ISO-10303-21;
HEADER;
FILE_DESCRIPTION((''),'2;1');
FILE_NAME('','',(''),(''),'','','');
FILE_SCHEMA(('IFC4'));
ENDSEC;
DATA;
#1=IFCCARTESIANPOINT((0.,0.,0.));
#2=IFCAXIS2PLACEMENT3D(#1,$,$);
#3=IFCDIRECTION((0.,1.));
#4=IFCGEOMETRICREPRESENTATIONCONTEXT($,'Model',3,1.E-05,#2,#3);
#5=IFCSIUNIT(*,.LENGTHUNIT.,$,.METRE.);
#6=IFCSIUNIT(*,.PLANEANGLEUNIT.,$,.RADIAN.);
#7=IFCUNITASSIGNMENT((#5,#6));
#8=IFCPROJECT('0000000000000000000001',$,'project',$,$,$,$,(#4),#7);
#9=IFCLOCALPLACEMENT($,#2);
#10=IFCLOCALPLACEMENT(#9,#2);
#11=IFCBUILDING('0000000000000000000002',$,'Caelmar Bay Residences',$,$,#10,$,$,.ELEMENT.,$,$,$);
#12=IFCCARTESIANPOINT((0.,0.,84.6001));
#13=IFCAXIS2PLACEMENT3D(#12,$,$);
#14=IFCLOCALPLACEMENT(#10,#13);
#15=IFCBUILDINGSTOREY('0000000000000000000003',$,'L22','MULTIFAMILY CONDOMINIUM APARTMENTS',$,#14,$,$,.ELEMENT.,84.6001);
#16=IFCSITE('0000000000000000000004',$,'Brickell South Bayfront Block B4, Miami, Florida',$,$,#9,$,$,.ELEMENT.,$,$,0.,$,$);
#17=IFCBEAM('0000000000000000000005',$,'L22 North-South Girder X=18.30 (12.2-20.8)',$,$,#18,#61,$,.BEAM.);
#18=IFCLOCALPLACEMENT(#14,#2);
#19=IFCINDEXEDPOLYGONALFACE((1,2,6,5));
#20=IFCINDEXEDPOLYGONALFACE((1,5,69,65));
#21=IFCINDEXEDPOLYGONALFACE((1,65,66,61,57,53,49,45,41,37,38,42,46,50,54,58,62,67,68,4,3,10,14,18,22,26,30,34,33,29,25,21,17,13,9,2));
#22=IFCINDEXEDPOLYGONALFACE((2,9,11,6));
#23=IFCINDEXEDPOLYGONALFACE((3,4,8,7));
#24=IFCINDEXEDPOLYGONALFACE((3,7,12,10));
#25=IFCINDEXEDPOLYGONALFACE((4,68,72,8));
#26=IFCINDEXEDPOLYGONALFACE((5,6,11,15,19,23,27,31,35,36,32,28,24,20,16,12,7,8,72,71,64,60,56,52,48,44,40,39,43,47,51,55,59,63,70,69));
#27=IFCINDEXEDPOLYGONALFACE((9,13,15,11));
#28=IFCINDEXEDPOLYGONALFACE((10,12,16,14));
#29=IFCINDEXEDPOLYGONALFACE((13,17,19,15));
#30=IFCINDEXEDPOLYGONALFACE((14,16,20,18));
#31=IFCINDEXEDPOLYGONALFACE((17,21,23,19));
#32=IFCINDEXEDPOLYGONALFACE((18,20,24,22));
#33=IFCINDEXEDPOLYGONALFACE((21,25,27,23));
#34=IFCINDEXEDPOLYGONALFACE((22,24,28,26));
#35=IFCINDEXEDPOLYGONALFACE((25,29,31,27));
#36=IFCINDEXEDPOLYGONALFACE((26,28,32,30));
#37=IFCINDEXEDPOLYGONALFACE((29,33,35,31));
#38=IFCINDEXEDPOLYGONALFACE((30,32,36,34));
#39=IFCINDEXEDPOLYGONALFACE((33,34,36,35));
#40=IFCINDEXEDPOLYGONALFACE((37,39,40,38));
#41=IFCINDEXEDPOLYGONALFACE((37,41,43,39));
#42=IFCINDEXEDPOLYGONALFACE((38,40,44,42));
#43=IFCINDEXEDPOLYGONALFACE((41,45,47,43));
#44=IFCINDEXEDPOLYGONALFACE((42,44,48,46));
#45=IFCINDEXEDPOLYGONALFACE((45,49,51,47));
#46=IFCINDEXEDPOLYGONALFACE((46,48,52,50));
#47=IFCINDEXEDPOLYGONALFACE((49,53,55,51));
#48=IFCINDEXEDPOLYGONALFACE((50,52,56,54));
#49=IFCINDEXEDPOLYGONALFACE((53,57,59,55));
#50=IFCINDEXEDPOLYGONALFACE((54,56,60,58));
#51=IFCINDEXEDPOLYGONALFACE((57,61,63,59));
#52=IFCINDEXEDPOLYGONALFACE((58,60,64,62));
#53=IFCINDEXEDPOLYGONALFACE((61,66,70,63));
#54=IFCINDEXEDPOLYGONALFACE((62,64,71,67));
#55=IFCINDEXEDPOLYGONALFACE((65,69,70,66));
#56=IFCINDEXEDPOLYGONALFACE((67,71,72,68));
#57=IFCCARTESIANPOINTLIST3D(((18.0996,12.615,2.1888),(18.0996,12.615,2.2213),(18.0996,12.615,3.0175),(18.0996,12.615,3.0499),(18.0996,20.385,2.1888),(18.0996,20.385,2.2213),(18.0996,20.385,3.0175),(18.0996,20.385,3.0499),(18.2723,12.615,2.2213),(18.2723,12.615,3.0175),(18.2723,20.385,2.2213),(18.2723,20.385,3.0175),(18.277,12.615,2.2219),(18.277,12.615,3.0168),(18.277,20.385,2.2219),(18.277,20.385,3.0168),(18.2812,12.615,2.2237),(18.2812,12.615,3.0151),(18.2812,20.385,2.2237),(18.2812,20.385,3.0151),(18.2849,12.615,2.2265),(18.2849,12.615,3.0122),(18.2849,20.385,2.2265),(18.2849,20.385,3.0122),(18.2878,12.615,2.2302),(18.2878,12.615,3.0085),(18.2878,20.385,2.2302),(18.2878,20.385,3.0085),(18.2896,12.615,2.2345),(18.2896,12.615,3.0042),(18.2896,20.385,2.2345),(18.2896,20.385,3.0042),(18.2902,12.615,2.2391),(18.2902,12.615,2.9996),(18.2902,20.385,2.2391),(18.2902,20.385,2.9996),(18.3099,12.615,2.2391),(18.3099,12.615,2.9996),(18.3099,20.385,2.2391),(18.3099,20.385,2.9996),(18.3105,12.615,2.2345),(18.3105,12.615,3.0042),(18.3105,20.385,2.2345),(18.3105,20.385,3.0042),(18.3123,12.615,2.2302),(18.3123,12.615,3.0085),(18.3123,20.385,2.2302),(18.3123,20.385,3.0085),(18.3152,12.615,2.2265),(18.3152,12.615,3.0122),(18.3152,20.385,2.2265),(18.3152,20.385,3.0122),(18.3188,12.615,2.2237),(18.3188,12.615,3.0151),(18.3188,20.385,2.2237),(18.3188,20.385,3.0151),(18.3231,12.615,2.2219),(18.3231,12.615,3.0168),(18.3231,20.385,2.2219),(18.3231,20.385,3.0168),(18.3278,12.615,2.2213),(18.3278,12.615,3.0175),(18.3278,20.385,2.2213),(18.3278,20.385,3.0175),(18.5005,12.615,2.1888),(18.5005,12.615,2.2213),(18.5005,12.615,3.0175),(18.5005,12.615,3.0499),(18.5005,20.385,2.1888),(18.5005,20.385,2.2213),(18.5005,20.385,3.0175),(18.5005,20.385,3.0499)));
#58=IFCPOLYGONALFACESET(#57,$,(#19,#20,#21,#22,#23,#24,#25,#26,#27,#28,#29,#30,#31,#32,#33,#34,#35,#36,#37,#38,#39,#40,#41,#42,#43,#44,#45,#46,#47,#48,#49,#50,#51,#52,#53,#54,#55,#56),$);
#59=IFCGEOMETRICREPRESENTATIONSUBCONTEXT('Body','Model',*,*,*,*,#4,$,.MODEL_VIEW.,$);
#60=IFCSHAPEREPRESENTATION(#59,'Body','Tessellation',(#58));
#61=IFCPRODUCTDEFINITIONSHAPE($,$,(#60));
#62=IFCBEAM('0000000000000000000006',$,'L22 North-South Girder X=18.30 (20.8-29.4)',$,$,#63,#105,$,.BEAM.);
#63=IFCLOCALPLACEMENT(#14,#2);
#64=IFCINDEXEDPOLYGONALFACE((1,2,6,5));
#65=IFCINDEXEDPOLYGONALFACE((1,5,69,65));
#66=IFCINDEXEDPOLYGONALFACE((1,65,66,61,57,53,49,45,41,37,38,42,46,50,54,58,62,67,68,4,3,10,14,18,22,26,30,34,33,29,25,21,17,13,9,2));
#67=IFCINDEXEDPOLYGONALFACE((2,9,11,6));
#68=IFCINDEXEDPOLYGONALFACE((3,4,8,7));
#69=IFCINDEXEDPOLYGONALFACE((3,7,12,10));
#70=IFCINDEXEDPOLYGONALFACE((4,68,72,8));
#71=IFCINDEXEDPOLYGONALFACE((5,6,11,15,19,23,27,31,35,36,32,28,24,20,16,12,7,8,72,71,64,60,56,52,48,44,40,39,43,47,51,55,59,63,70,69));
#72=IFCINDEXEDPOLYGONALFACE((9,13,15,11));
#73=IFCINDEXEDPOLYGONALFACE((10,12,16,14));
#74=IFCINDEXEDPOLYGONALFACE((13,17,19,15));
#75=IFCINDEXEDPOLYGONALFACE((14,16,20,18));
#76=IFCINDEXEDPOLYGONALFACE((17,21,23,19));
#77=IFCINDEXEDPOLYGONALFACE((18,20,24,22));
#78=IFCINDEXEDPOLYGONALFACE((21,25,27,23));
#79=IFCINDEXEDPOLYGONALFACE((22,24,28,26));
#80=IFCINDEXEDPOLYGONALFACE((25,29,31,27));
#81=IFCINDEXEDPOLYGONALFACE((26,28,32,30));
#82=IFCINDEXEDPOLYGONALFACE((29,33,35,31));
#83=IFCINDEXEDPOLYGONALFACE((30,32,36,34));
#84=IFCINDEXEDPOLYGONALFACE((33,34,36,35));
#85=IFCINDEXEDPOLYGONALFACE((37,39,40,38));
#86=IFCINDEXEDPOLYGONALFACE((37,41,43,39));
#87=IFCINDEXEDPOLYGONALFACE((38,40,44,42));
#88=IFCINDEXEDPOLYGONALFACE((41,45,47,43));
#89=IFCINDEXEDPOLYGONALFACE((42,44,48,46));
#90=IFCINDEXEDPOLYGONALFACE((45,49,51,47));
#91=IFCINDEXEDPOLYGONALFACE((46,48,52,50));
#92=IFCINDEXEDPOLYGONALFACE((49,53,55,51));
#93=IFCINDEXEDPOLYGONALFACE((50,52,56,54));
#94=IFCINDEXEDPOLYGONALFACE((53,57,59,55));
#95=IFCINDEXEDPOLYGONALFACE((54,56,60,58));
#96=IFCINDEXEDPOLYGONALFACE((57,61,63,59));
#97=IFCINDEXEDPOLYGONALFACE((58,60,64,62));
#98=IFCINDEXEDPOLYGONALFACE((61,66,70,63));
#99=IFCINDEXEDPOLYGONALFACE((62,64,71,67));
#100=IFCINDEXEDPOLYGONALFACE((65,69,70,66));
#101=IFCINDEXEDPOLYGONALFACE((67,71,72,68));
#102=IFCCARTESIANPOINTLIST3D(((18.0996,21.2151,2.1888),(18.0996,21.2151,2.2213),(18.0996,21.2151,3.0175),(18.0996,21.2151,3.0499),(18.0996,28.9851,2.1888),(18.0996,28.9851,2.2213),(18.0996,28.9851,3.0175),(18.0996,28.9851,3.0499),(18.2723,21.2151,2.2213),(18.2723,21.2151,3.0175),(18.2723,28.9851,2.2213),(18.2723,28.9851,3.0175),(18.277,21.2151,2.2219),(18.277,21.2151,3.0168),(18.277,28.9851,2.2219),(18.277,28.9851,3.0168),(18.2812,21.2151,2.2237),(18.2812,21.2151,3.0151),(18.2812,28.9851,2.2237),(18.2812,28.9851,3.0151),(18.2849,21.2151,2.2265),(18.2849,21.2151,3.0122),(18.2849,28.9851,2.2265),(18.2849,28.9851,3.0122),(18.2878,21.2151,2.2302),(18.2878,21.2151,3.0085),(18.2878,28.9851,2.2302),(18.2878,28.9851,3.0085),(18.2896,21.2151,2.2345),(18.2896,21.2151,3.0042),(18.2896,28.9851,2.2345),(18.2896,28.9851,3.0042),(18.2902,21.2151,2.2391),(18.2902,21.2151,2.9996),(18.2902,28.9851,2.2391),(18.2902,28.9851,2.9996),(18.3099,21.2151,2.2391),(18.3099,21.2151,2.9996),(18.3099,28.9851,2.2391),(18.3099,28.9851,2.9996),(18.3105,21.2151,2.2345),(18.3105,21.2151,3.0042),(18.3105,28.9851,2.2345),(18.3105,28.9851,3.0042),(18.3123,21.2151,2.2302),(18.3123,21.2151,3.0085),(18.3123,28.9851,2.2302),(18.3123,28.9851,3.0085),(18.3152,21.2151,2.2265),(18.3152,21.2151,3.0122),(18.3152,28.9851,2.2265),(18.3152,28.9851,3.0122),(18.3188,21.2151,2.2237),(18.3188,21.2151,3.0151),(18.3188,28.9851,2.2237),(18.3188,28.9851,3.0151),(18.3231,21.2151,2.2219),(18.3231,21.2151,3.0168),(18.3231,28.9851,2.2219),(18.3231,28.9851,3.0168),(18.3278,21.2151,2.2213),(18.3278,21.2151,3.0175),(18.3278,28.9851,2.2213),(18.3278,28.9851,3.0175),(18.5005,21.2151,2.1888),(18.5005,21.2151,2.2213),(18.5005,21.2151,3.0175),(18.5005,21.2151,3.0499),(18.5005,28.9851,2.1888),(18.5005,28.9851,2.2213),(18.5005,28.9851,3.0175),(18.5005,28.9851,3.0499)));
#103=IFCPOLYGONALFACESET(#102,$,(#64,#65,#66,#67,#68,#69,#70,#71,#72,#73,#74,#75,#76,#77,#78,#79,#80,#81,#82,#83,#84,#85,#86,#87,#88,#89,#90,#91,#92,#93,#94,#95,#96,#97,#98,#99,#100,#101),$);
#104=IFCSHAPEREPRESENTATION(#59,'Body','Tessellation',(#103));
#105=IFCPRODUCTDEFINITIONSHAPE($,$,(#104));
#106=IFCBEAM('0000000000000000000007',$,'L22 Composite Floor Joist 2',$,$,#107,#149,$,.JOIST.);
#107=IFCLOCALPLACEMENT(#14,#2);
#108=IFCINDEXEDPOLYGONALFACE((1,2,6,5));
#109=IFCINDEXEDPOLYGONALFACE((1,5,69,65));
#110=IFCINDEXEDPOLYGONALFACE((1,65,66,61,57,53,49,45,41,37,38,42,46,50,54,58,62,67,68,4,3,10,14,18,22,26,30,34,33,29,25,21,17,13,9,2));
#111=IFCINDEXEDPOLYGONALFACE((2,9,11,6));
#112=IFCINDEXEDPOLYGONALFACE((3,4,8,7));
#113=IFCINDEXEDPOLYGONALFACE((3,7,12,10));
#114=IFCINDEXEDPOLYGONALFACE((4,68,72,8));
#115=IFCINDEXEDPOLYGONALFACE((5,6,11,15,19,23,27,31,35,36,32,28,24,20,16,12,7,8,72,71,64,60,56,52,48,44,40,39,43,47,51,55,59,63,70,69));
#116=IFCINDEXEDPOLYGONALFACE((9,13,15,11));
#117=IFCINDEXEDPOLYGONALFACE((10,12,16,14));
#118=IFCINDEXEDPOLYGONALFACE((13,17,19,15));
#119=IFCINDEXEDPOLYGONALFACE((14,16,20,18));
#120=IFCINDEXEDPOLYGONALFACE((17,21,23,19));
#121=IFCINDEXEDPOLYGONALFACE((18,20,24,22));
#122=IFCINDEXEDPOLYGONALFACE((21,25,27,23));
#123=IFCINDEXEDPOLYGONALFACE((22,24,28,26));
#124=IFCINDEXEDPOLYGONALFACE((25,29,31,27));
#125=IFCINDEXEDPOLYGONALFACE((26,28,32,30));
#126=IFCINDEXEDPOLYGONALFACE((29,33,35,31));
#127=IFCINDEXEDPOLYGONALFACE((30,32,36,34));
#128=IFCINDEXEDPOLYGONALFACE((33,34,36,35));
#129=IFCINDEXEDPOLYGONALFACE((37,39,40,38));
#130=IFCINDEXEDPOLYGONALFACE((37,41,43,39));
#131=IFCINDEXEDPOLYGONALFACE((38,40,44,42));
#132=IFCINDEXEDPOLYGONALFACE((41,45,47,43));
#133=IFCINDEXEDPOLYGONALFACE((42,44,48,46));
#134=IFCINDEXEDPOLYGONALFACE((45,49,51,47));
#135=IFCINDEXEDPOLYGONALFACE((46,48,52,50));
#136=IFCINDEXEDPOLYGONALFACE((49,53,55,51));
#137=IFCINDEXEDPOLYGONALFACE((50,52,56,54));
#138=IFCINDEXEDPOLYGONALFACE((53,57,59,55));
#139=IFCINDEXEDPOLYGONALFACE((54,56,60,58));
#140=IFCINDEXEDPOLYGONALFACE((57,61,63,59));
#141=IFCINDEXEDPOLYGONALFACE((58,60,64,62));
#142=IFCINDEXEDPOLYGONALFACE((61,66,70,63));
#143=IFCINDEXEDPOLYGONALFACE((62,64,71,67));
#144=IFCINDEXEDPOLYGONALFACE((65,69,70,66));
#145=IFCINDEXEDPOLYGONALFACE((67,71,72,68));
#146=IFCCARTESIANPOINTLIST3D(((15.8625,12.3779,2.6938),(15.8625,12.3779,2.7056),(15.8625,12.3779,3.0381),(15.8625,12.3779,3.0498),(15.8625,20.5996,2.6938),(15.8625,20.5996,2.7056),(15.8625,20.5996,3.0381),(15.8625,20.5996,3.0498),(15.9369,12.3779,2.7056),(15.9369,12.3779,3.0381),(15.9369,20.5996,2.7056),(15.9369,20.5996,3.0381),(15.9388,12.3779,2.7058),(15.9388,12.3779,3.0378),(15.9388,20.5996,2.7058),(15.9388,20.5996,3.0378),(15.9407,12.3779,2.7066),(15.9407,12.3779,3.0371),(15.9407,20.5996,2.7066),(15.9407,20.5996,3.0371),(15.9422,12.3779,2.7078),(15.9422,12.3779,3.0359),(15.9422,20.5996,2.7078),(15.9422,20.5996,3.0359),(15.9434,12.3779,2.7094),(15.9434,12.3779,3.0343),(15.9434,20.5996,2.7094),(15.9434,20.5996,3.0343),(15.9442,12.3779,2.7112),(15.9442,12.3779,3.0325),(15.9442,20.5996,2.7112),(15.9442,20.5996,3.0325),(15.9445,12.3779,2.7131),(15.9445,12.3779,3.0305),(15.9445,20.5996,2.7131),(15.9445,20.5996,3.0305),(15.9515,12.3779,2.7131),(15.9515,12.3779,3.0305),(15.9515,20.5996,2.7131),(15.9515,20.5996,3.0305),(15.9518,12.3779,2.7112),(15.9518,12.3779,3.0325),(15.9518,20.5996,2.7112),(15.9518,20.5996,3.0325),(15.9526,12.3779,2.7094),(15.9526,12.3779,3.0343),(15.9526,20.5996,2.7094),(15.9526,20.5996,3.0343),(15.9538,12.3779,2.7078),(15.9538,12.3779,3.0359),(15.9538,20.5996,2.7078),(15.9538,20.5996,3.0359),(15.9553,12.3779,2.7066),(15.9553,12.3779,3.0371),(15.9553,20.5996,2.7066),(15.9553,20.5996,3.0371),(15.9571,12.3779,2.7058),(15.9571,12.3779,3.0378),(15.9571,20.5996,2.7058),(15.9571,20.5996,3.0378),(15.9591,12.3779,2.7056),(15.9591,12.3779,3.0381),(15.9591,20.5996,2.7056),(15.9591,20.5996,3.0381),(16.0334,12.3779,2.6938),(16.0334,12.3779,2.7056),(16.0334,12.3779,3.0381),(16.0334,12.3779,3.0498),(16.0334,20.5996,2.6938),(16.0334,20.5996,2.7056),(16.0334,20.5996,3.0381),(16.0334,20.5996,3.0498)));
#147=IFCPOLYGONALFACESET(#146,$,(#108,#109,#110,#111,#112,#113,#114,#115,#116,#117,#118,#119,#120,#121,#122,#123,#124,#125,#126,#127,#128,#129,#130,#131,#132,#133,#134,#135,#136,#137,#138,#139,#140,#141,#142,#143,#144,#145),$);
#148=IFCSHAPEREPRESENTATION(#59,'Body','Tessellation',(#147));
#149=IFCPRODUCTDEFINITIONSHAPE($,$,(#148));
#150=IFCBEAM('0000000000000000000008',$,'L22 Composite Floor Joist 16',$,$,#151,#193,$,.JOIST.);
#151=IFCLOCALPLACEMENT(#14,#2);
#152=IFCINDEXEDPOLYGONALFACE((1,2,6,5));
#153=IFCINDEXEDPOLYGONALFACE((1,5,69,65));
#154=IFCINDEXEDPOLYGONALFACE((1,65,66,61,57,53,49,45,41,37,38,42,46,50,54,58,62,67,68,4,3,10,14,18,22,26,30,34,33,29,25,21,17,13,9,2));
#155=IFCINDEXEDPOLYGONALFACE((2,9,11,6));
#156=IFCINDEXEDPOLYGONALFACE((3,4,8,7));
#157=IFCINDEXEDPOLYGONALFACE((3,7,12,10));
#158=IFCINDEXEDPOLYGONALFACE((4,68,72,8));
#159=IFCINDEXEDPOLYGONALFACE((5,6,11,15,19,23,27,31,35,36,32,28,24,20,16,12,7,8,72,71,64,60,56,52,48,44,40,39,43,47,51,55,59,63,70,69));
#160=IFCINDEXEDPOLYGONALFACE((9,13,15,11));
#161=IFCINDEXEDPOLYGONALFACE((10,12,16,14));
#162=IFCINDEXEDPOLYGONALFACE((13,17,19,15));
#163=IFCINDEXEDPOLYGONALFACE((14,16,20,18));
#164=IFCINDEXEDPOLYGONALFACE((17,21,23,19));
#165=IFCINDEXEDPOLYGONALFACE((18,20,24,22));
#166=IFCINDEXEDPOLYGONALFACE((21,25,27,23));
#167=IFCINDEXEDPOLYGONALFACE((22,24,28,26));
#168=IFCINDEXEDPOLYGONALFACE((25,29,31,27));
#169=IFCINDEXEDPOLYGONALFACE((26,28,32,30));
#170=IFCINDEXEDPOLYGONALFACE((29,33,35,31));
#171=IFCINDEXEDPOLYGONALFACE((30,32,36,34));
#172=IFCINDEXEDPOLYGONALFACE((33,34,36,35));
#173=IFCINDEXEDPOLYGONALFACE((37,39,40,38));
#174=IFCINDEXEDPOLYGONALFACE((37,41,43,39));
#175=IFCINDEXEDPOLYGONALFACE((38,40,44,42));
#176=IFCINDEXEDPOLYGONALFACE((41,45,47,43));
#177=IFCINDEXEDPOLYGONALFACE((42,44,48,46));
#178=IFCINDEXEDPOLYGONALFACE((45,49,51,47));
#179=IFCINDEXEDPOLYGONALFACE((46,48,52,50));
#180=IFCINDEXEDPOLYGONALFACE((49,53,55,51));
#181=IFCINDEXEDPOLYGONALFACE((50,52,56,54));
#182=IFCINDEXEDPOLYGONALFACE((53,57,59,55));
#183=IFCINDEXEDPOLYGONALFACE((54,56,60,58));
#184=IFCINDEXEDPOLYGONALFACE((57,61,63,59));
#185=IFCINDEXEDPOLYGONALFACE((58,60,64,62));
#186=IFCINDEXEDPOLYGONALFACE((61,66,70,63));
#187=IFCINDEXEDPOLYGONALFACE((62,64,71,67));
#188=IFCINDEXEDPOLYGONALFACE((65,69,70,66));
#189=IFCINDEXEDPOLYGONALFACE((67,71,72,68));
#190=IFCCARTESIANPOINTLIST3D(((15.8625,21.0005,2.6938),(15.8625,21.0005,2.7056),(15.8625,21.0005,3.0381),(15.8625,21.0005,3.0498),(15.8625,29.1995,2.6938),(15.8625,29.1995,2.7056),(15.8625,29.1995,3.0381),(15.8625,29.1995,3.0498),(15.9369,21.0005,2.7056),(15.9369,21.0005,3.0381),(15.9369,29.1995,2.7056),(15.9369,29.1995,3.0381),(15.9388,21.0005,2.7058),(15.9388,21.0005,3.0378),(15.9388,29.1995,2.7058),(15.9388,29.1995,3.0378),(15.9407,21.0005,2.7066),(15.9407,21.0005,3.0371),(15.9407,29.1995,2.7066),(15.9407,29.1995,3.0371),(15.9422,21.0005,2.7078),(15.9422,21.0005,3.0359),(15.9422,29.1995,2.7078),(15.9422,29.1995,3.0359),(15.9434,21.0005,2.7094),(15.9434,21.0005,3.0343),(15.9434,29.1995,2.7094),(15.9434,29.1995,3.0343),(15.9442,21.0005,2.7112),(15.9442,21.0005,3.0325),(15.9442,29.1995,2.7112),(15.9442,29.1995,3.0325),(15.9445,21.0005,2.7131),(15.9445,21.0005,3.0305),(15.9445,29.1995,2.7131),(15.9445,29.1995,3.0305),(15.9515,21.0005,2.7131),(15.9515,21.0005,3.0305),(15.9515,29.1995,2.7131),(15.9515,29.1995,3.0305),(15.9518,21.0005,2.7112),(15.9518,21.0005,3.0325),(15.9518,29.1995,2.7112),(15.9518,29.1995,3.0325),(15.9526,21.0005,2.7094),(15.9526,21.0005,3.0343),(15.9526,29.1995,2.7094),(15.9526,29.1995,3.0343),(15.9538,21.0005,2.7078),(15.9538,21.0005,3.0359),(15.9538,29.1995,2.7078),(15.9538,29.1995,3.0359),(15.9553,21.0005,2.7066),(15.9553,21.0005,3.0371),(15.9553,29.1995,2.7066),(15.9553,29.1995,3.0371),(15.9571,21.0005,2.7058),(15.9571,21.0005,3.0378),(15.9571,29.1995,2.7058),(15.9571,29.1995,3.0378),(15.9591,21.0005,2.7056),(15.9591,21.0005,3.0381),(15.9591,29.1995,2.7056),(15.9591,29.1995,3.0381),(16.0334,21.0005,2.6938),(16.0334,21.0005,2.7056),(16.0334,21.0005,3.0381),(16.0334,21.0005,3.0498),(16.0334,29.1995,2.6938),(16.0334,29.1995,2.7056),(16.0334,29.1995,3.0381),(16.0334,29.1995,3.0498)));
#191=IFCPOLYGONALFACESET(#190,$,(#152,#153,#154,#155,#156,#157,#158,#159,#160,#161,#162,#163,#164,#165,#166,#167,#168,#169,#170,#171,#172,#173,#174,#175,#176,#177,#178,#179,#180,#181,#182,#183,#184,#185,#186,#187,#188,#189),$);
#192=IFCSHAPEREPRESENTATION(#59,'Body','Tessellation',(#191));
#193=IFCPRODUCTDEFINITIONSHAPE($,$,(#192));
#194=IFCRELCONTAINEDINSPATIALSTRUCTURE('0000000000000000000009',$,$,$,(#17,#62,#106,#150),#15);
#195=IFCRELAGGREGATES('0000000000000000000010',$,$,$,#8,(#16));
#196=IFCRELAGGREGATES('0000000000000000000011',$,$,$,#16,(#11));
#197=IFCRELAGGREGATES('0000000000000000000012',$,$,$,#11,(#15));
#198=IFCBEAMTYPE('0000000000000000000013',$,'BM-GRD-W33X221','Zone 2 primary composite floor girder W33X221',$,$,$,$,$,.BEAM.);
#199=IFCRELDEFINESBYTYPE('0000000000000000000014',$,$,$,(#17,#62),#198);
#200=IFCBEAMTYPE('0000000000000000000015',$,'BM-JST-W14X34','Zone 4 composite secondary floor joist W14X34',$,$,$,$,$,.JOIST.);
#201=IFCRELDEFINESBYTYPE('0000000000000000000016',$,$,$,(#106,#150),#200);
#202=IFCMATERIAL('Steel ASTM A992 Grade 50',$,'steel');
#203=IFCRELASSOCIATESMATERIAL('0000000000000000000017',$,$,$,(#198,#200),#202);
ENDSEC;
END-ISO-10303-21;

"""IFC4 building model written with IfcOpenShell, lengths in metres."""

from ifc_helpers import new_model, si_unit, direction, frame, origin, origin_2d, place, context, subcontext, project, spatial, i_section, extrude, material, material_profile, profile_set, type_object, element, save


model = new_model("IFC4")

# Units and contexts
model_context = context("Model", 3, precision=1e-05, world=origin(), true_north=direction((0.0, 1.0)))
body_context = subcontext(model_context, "Body", "Model", "MODEL_VIEW")
ifc_project = project(units=[si_unit("LENGTHUNIT", "METRE"), si_unit("PLANEANGLEUNIT", "RADIAN")], contexts=[model_context])

# Site, building, storey
site_placement = place(None, origin())
site = spatial("IfcSite", under=ifc_project, at=site_placement, Name="Brickell South Bayfront Block B4, Miami, Florida", CompositionType="ELEMENT", RefElevation=0.0)
building_placement = place(site_placement, origin())
building = spatial("IfcBuilding", under=site, at=building_placement, Name="Caelmar Bay Residences", CompositionType="ELEMENT")
storey_placement = place(building_placement, frame((0.0, 0.0, 84.6001)))
storey = spatial("IfcBuildingStorey", under=building, at=storey_placement, Name="L22", Description="MULTIFAMILY CONDOMINIUM APARTMENTS", CompositionType="ELEMENT", Elevation=84.6001)

# Beams
ifc_material_1 = material(Name="Steel ASTM A992 Grade 50", Category="steel")
ifc_material_profile_1 = material_profile(ifc_material_1, i_section(OverallWidth=0.4009, OverallDepth=0.8611, WebThickness=0.0198, FlangeThickness=0.0325, FilletRadius=0.0178, at=origin_2d()), Name="W33X221")
ifc_profile_set_1 = profile_set([ifc_material_profile_1], Name="Steel ASTM A992 Grade 50")
beam_type_1 = type_object("IfcBeamType", Name="BM-GRD-W33X221", Description="Zone 2 primary composite floor girder W33X221", PredefinedType="BEAM", material=ifc_profile_set_1)
for number, where, z_axis, x_axis, name in (
    (1, (18.3, 12.615, 2.6194), (0.0, 1.0, 0.0), (-1.0, 0.0, 0.0), "L22 North-South Girder X=18.30 (12.2-20.8)"),
    (2, (18.3, 21.2151, 2.6194), (0.0, 1.0, 0.0), (-1.0, 0.0, 0.0), "L22 North-South Girder X=18.30 (20.8-29.4)"),
):
    element("IfcBeam", number, at=place(storey_placement, frame(where, z_axis=z_axis, x_axis=x_axis)), inside=storey, type_object=beam_type_1, Name=name, PredefinedType="BEAM", context=body_context, shape_type="SweptSolid", body=[
        extrude(i_section(OverallWidth=0.4009, OverallDepth=0.8611, WebThickness=0.0198, FlangeThickness=0.0325, FilletRadius=0.0178, at=origin_2d()), origin(), (0.0, 0.0, 1.0), 7.77),
    ])
ifc_material_profile_2 = material_profile(ifc_material_1, i_section(OverallWidth=0.1709, OverallDepth=0.356, WebThickness=0.0071, FlangeThickness=0.0117, FilletRadius=0.0076, at=origin_2d()), Name="W14X34")
ifc_profile_set_2 = profile_set([ifc_material_profile_2], Name="Steel ASTM A992 Grade 50")
beam_type_2 = type_object("IfcBeamType", Name="BM-JST-W14X34", Description="Zone 4 composite secondary floor joist W14X34", PredefinedType="JOIST", material=ifc_profile_set_2)
beam_1_placement = place(storey_placement, frame((15.948, 12.3779, 2.8718), z_axis=(0.0, 1.0, 0.0), x_axis=(-1.0, 0.0, 0.0)))
element("IfcBeam", 3, at=beam_1_placement, inside=storey, type_object=beam_type_2, Name="L22 Composite Floor Joist 2", PredefinedType="JOIST", context=body_context, shape_type="SweptSolid", body=[
    extrude(i_section(OverallWidth=0.1709, OverallDepth=0.356, WebThickness=0.0071, FlangeThickness=0.0117, FilletRadius=0.0076, at=origin_2d()), origin(), (0.0, 0.0, 1.0), 8.2217),
])
beam_2_placement = place(storey_placement, frame((15.948, 21.0005, 2.8718), z_axis=(0.0, 1.0, 0.0), x_axis=(-1.0, 0.0, 0.0)))
element("IfcBeam", 4, at=beam_2_placement, inside=storey, type_object=beam_type_2, Name="L22 Composite Floor Joist 16", PredefinedType="JOIST", context=body_context, shape_type="SweptSolid", body=[
    extrude(i_section(OverallWidth=0.1709, OverallDepth=0.356, WebThickness=0.0071, FlangeThickness=0.0117, FilletRadius=0.0076, at=origin_2d()), origin(), (0.0, 0.0, 1.0), 8.199),
])

save(model, "model.ifc")
